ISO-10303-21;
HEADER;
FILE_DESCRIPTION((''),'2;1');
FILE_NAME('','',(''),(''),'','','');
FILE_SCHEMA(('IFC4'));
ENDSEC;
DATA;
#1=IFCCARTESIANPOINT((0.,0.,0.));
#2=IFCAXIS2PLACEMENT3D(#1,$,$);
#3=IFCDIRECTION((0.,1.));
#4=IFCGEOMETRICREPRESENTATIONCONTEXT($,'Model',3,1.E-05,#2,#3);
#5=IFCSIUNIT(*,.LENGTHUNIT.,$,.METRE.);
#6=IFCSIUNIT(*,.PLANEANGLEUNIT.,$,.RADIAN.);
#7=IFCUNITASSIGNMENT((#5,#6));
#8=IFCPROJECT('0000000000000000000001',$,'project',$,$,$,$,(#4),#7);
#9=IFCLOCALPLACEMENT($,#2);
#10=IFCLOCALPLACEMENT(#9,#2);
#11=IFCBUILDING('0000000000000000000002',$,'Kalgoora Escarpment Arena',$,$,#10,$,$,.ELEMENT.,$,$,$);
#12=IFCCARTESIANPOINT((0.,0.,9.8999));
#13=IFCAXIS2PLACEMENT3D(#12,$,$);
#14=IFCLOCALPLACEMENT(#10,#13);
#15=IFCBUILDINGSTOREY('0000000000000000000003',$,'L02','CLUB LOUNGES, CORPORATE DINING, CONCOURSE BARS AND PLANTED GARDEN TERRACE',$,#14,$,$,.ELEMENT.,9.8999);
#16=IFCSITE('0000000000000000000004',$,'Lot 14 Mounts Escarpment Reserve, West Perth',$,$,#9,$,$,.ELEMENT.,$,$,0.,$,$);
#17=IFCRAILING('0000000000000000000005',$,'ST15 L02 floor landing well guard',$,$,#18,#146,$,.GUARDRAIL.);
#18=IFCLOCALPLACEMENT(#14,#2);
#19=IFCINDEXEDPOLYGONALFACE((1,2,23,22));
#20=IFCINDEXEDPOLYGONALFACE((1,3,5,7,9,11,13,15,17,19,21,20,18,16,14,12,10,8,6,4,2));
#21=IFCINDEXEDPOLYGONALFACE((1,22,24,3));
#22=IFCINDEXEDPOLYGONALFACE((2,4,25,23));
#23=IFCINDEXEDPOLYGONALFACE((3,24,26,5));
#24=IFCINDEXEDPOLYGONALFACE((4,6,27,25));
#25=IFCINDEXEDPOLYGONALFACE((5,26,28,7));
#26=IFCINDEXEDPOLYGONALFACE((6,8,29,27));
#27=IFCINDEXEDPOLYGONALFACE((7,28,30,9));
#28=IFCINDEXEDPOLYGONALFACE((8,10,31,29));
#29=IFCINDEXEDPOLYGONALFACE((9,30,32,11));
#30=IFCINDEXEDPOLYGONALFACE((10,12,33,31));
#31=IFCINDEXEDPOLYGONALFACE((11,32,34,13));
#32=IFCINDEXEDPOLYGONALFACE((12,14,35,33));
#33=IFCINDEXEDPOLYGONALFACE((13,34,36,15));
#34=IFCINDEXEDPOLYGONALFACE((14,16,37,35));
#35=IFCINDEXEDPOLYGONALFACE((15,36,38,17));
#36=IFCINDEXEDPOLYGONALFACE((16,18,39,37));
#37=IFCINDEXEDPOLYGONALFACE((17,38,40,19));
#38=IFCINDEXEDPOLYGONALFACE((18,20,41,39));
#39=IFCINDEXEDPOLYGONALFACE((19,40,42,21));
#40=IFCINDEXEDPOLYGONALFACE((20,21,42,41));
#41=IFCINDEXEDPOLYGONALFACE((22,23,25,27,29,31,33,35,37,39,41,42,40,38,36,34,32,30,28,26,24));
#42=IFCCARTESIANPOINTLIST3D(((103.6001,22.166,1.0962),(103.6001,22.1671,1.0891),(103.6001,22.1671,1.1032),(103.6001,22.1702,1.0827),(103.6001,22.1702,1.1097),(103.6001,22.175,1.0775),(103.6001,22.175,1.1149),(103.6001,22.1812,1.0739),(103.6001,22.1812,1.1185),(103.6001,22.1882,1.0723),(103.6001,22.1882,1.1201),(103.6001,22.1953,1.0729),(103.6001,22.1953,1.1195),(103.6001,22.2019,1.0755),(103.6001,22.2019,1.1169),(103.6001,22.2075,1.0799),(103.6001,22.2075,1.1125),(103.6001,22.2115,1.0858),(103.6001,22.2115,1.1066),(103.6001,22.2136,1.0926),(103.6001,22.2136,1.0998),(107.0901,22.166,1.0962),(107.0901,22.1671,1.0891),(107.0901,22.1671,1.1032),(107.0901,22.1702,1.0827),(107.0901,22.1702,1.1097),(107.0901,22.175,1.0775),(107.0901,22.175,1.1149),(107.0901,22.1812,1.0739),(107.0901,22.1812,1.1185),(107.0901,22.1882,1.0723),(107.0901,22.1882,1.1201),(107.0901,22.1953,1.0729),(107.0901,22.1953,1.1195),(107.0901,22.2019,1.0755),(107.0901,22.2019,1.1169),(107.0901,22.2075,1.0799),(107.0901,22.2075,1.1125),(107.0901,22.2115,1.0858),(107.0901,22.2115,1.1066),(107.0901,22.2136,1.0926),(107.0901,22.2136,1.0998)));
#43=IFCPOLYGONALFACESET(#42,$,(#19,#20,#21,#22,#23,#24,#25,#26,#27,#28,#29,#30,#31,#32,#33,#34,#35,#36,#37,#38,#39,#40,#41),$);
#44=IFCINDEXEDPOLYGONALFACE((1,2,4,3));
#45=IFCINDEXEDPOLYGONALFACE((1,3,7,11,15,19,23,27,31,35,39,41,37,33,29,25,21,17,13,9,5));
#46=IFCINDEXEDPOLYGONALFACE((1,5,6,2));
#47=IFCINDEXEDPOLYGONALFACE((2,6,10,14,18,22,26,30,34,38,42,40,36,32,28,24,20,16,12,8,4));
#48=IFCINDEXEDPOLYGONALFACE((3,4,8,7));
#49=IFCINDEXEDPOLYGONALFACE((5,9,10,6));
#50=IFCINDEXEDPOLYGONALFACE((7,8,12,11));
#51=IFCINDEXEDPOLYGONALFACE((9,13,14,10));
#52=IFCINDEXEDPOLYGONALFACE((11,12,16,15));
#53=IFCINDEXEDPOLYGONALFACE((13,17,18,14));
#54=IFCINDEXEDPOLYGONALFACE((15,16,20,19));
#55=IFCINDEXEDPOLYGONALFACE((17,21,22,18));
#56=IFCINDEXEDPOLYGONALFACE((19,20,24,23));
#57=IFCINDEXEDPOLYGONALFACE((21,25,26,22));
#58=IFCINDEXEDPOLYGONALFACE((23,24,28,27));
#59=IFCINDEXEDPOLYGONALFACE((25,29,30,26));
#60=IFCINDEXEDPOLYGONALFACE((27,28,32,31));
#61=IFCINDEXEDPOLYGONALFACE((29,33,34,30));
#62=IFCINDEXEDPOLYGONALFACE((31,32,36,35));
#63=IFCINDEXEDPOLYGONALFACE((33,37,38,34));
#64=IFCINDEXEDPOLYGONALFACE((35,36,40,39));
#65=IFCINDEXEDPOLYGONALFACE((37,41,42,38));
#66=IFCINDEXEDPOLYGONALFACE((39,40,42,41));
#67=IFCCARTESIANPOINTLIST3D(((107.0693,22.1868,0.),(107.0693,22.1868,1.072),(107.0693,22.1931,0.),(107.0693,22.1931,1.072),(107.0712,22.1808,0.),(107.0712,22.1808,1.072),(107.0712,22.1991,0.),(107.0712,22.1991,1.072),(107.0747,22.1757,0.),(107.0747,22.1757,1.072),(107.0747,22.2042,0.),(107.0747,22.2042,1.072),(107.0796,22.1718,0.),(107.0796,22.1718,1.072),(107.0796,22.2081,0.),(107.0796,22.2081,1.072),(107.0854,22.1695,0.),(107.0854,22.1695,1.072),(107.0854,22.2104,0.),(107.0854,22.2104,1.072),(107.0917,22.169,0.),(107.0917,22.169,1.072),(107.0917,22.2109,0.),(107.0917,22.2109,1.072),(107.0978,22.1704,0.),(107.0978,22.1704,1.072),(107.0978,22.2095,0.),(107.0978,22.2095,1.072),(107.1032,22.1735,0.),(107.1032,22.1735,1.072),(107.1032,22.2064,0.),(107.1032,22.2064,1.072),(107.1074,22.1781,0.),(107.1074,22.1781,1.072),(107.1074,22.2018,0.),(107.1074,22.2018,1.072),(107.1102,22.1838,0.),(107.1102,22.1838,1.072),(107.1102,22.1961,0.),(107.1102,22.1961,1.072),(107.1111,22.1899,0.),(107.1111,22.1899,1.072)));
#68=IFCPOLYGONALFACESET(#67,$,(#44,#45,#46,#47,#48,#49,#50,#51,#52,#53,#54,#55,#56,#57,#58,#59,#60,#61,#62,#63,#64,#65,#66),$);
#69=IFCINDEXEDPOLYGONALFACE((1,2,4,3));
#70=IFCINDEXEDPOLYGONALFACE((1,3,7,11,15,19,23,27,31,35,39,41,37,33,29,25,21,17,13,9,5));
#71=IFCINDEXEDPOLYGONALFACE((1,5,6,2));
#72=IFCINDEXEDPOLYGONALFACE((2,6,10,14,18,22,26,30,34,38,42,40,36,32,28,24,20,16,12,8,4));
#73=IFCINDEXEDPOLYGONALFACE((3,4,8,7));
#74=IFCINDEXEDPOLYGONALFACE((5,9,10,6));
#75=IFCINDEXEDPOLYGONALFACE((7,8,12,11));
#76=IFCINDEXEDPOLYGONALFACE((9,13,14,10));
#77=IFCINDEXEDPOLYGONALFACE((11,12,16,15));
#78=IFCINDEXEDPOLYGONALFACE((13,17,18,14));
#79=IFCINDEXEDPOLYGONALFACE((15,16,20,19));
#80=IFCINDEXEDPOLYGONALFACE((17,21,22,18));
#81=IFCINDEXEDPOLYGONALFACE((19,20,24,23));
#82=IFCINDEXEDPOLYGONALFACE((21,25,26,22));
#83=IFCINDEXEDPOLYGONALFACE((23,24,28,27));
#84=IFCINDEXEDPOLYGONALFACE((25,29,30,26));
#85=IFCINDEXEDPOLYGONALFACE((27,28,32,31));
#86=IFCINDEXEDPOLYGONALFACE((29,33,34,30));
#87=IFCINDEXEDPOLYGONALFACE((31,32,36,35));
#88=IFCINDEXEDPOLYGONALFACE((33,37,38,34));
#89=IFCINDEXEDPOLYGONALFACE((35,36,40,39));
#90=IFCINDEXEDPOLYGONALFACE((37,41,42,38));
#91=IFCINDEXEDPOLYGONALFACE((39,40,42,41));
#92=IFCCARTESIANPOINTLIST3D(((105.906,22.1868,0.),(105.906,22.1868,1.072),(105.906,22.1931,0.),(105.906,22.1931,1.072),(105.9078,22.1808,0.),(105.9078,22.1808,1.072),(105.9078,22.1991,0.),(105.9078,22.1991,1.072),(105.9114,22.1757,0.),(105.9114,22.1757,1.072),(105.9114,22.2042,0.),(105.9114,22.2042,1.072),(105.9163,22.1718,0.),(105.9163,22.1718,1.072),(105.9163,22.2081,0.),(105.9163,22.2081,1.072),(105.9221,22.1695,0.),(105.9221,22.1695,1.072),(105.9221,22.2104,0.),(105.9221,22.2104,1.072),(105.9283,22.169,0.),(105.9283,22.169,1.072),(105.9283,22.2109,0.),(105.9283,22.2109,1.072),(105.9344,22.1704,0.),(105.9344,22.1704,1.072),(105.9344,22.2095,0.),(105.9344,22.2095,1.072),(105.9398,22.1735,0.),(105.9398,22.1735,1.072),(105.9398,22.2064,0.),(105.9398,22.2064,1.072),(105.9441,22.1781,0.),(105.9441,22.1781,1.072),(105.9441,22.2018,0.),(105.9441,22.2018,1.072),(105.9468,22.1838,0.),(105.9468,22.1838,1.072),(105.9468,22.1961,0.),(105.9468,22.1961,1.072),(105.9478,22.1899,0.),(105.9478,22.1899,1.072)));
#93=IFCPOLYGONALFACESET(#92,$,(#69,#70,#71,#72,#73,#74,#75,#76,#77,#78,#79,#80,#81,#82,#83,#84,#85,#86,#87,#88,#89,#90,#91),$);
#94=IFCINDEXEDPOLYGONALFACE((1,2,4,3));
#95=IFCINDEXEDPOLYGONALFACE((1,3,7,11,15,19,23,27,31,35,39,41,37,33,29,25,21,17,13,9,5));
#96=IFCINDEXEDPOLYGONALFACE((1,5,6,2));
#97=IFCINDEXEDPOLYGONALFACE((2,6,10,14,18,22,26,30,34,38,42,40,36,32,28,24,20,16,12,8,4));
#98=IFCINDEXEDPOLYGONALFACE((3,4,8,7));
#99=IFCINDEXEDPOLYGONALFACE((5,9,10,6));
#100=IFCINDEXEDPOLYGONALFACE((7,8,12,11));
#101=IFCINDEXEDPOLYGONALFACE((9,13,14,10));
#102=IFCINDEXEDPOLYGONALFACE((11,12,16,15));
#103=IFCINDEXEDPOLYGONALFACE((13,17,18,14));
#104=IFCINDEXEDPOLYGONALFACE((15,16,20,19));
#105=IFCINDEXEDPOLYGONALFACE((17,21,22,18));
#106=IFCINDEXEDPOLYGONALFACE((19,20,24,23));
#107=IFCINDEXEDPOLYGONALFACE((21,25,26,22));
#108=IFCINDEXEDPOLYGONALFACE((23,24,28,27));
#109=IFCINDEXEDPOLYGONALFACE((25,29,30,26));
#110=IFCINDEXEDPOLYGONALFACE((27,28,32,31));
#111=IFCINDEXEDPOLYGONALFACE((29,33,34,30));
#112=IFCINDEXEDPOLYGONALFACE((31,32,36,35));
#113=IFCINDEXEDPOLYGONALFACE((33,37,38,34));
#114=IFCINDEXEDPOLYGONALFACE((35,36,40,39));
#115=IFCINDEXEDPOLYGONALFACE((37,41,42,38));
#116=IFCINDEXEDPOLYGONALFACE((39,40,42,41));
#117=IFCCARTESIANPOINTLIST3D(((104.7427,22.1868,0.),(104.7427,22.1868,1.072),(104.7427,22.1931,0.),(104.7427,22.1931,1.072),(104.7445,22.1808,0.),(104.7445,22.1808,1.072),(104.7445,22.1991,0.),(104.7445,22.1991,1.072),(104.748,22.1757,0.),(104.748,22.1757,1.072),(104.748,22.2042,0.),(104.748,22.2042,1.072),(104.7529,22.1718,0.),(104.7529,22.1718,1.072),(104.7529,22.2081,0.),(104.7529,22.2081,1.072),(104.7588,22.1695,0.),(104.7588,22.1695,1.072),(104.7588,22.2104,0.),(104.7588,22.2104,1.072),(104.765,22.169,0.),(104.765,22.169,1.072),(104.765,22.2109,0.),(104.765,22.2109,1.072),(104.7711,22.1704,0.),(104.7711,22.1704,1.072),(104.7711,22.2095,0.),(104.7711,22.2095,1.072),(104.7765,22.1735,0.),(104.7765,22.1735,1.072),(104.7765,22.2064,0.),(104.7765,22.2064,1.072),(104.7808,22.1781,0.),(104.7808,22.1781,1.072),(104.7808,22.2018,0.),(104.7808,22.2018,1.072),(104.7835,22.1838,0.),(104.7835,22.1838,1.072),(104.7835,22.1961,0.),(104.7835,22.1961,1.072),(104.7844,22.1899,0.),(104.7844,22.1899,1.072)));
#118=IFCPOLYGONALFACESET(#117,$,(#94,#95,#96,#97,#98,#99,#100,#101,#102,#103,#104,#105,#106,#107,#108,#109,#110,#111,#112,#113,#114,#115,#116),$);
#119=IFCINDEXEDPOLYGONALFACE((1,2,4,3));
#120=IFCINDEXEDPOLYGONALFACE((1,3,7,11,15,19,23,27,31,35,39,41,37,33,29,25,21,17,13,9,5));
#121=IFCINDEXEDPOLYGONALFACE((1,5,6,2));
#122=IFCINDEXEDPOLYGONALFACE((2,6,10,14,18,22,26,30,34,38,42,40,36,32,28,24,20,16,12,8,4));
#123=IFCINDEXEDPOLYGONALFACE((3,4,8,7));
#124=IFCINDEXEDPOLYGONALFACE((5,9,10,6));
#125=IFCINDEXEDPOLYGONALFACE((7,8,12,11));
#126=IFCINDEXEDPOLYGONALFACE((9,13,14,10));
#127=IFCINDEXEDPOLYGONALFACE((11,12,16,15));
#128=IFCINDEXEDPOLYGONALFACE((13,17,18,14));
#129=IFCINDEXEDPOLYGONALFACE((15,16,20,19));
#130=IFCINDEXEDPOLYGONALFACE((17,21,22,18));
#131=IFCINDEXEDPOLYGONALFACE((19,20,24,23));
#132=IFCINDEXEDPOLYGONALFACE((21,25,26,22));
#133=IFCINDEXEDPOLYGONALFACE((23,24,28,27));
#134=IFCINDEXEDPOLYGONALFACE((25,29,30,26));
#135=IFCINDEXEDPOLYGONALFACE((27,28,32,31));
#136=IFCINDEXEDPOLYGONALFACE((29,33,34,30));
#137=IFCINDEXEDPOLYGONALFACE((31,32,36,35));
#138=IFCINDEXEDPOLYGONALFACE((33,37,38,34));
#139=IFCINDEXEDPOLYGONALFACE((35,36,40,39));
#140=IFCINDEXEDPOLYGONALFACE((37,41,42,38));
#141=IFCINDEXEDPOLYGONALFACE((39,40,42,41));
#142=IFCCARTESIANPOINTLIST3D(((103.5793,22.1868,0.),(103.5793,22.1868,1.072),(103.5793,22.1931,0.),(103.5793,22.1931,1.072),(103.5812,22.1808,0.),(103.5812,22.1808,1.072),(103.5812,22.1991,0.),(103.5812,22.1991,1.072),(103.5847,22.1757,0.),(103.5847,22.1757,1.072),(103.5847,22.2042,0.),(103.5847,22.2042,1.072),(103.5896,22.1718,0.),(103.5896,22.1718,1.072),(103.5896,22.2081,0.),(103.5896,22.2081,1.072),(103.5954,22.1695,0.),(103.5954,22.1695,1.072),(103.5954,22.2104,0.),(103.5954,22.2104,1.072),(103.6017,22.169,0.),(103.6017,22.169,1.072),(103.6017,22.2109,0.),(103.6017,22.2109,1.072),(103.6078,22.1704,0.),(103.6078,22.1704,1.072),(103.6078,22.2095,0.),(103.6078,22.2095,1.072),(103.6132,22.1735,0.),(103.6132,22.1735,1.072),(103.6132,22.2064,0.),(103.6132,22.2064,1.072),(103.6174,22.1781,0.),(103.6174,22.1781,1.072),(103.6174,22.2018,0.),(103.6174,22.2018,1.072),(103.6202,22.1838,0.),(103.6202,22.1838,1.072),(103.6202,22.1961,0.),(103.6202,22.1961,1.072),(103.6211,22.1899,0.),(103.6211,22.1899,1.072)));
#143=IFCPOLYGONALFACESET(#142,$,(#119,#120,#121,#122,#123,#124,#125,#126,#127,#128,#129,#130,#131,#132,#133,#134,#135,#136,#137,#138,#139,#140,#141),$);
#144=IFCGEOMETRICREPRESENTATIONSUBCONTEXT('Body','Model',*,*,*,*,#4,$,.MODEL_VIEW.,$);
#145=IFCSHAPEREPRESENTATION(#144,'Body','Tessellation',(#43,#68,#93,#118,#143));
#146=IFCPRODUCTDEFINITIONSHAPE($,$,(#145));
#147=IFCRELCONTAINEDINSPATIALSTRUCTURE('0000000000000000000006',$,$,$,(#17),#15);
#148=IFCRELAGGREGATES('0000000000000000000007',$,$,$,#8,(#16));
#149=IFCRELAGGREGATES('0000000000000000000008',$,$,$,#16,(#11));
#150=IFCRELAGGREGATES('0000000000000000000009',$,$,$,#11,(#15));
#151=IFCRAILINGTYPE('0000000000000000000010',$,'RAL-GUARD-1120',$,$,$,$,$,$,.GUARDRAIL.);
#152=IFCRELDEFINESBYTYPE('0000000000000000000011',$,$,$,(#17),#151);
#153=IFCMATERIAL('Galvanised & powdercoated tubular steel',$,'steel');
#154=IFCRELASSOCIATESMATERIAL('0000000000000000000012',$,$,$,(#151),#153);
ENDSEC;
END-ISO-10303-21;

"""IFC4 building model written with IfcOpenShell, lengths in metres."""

from ifc_helpers import new_model, si_unit, direction, frame, origin, origin_2d, place, context, subcontext, project, spatial, circle, extrude, material, type_object, element, save


model = new_model("IFC4")

# Units and contexts
model_context = context("Model", 3, precision=1e-05, world=origin(), true_north=direction((0.0, 1.0)))
body_context = subcontext(model_context, "Body", "Model", "MODEL_VIEW")
ifc_project = project(units=[si_unit("LENGTHUNIT", "METRE"), si_unit("PLANEANGLEUNIT", "RADIAN")], contexts=[model_context])

# Site, building, storey
site_placement = place(None, origin())
site = spatial("IfcSite", under=ifc_project, at=site_placement, Name="Lot 14 Mounts Escarpment Reserve, West Perth", CompositionType="ELEMENT", RefElevation=0.0)
building_placement = place(site_placement, origin())
building = spatial("IfcBuilding", under=site, at=building_placement, Name="Kalgoora Escarpment Arena", CompositionType="ELEMENT")
storey_placement = place(building_placement, frame((0.0, 0.0, 9.8999)))
storey = spatial("IfcBuildingStorey", under=building, at=storey_placement, Name="L02", Description="CLUB LOUNGES, CORPORATE DINING, CONCOURSE BARS AND PLANTED GARDEN TERRACE", CompositionType="ELEMENT", Elevation=9.8999)

# Railing
ifc_material_1 = material(Name="Galvanised & powdercoated tubular steel", Category="steel")
railing_type_1 = type_object("IfcRailingType", Name="RAL-GUARD-1120", PredefinedType="GUARDRAIL", material=ifc_material_1)
railing_1_placement = place(storey_placement, frame((107.0901, 22.1899, 0.0)))
element("IfcRailing", 1, at=railing_1_placement, inside=storey, type_object=railing_type_1, Name="ST15 L02 floor landing well guard", PredefinedType="GUARDRAIL", context=body_context, shape_type="SweptSolid", body=[
    extrude(circle(Radius=0.0239, at=origin_2d()), frame((0.0, 0.0, 1.0962), z_axis=(-1.0, 0.0, 0.0), x_axis=(0.0, -1.0, 0.0)), (0.0, 0.0, 1.0), 3.49),
    extrude(circle(Radius=0.021, at=origin_2d()), origin(), (0.0, 0.0, 1.0), 1.072),
    extrude(circle(Radius=0.021, at=origin_2d()), frame((-1.1633, 0.0, 0.0)), (0.0, 0.0, 1.0), 1.072),
    extrude(circle(Radius=0.021, at=origin_2d()), frame((-2.3267, 0.0, 0.0)), (0.0, 0.0, 1.0), 1.072),
    extrude(circle(Radius=0.021, at=origin_2d()), frame((-3.49, 0.0, 0.0)), (0.0, 0.0, 1.0), 1.072),
])

save(model, "model.ifc")
